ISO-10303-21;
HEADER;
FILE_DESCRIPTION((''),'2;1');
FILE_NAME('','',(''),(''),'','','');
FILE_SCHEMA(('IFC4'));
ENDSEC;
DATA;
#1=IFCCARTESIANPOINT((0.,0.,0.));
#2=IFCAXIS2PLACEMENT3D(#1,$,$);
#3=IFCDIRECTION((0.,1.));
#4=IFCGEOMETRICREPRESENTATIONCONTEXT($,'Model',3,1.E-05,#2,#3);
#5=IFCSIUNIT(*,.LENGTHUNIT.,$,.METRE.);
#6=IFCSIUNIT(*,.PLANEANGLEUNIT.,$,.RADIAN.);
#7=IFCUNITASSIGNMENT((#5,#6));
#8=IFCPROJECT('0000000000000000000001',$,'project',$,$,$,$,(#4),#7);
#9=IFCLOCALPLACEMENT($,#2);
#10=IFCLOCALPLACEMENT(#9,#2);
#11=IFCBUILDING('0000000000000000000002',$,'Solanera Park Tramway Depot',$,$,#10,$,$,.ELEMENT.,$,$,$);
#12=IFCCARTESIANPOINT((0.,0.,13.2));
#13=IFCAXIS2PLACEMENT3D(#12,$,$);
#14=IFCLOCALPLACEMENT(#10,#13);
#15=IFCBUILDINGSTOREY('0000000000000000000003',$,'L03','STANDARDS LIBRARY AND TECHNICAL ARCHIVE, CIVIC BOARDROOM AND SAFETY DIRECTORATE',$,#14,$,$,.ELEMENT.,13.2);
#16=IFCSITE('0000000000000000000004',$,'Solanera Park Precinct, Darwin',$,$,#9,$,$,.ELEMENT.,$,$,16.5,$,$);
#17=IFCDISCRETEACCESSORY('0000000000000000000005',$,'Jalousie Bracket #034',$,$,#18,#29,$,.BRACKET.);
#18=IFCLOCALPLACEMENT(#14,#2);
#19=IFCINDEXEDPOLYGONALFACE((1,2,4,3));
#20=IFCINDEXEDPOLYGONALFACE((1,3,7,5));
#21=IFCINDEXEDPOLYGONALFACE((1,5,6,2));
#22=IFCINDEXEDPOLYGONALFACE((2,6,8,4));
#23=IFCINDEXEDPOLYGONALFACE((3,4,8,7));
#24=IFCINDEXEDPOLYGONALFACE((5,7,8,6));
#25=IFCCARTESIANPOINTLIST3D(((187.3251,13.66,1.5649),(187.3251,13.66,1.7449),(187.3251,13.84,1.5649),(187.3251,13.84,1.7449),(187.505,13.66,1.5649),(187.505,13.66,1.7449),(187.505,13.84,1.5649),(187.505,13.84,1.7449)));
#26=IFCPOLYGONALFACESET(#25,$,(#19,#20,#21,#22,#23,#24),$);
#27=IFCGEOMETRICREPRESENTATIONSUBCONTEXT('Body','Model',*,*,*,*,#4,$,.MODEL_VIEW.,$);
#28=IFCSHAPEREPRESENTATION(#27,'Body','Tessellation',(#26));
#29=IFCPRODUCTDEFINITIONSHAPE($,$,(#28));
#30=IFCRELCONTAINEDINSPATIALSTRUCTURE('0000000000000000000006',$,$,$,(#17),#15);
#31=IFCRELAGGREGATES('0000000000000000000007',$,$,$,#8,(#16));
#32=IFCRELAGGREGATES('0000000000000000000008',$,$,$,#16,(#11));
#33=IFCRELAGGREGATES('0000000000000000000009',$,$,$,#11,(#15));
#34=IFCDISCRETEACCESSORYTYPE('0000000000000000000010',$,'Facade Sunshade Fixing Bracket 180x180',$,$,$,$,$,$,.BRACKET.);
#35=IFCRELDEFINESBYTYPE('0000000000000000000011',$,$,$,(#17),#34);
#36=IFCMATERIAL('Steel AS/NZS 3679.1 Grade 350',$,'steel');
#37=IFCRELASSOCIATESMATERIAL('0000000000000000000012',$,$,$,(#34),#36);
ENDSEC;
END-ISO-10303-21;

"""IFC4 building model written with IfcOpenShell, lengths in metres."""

from ifc_helpers import new_model, si_unit, direction, frame, origin, origin_2d, place, context, subcontext, project, spatial, rectangle, extrude, material, type_object, element, save


model = new_model("IFC4")

# Units and contexts
model_context = context("Model", 3, precision=1e-05, world=origin(), true_north=direction((0.0, 1.0)))
body_context = subcontext(model_context, "Body", "Model", "MODEL_VIEW")
ifc_project = project(units=[si_unit("LENGTHUNIT", "METRE"), si_unit("PLANEANGLEUNIT", "RADIAN")], contexts=[model_context])

# Site, building, storey
site_placement = place(None, origin())
site = spatial("IfcSite", under=ifc_project, at=site_placement, Name="Solanera Park Precinct, Darwin", CompositionType="ELEMENT", RefElevation=16.5)
building_placement = place(site_placement, origin())
building = spatial("IfcBuilding", under=site, at=building_placement, Name="Solanera Park Tramway Depot", CompositionType="ELEMENT")
storey_placement = place(building_placement, frame((0.0, 0.0, 13.2)))
storey = spatial("IfcBuildingStorey", under=building, at=storey_placement, Name="L03", Description="STANDARDS LIBRARY AND TECHNICAL ARCHIVE, CIVIC BOARDROOM AND SAFETY DIRECTORATE", CompositionType="ELEMENT", Elevation=13.2)

# Discrete accessory
ifc_material_1 = material(Name="Steel AS/NZS 3679.1 Grade 350", Category="steel")
discrete_accessory_type = type_object("IfcDiscreteAccessoryType", Name="Facade Sunshade Fixing Bracket 180x180", PredefinedType="BRACKET", material=ifc_material_1)
discrete_accessory_placement = place(storey_placement, frame((187.415, 13.75, 1.5649), z_axis=(0.0, 0.0, 1.0), x_axis=(0.0, 1.0, 0.0)))
element("IfcDiscreteAccessory", 1, at=discrete_accessory_placement, inside=storey, type_object=discrete_accessory_type, Name="Jalousie Bracket #034", PredefinedType="BRACKET", context=body_context, shape_type="SweptSolid", body=[
    extrude(rectangle(XDim=0.1799, YDim=0.1799, at=origin_2d()), origin(), (0.0, 0.0, 1.0), 0.1799),
])

save(model, "model.ifc")
